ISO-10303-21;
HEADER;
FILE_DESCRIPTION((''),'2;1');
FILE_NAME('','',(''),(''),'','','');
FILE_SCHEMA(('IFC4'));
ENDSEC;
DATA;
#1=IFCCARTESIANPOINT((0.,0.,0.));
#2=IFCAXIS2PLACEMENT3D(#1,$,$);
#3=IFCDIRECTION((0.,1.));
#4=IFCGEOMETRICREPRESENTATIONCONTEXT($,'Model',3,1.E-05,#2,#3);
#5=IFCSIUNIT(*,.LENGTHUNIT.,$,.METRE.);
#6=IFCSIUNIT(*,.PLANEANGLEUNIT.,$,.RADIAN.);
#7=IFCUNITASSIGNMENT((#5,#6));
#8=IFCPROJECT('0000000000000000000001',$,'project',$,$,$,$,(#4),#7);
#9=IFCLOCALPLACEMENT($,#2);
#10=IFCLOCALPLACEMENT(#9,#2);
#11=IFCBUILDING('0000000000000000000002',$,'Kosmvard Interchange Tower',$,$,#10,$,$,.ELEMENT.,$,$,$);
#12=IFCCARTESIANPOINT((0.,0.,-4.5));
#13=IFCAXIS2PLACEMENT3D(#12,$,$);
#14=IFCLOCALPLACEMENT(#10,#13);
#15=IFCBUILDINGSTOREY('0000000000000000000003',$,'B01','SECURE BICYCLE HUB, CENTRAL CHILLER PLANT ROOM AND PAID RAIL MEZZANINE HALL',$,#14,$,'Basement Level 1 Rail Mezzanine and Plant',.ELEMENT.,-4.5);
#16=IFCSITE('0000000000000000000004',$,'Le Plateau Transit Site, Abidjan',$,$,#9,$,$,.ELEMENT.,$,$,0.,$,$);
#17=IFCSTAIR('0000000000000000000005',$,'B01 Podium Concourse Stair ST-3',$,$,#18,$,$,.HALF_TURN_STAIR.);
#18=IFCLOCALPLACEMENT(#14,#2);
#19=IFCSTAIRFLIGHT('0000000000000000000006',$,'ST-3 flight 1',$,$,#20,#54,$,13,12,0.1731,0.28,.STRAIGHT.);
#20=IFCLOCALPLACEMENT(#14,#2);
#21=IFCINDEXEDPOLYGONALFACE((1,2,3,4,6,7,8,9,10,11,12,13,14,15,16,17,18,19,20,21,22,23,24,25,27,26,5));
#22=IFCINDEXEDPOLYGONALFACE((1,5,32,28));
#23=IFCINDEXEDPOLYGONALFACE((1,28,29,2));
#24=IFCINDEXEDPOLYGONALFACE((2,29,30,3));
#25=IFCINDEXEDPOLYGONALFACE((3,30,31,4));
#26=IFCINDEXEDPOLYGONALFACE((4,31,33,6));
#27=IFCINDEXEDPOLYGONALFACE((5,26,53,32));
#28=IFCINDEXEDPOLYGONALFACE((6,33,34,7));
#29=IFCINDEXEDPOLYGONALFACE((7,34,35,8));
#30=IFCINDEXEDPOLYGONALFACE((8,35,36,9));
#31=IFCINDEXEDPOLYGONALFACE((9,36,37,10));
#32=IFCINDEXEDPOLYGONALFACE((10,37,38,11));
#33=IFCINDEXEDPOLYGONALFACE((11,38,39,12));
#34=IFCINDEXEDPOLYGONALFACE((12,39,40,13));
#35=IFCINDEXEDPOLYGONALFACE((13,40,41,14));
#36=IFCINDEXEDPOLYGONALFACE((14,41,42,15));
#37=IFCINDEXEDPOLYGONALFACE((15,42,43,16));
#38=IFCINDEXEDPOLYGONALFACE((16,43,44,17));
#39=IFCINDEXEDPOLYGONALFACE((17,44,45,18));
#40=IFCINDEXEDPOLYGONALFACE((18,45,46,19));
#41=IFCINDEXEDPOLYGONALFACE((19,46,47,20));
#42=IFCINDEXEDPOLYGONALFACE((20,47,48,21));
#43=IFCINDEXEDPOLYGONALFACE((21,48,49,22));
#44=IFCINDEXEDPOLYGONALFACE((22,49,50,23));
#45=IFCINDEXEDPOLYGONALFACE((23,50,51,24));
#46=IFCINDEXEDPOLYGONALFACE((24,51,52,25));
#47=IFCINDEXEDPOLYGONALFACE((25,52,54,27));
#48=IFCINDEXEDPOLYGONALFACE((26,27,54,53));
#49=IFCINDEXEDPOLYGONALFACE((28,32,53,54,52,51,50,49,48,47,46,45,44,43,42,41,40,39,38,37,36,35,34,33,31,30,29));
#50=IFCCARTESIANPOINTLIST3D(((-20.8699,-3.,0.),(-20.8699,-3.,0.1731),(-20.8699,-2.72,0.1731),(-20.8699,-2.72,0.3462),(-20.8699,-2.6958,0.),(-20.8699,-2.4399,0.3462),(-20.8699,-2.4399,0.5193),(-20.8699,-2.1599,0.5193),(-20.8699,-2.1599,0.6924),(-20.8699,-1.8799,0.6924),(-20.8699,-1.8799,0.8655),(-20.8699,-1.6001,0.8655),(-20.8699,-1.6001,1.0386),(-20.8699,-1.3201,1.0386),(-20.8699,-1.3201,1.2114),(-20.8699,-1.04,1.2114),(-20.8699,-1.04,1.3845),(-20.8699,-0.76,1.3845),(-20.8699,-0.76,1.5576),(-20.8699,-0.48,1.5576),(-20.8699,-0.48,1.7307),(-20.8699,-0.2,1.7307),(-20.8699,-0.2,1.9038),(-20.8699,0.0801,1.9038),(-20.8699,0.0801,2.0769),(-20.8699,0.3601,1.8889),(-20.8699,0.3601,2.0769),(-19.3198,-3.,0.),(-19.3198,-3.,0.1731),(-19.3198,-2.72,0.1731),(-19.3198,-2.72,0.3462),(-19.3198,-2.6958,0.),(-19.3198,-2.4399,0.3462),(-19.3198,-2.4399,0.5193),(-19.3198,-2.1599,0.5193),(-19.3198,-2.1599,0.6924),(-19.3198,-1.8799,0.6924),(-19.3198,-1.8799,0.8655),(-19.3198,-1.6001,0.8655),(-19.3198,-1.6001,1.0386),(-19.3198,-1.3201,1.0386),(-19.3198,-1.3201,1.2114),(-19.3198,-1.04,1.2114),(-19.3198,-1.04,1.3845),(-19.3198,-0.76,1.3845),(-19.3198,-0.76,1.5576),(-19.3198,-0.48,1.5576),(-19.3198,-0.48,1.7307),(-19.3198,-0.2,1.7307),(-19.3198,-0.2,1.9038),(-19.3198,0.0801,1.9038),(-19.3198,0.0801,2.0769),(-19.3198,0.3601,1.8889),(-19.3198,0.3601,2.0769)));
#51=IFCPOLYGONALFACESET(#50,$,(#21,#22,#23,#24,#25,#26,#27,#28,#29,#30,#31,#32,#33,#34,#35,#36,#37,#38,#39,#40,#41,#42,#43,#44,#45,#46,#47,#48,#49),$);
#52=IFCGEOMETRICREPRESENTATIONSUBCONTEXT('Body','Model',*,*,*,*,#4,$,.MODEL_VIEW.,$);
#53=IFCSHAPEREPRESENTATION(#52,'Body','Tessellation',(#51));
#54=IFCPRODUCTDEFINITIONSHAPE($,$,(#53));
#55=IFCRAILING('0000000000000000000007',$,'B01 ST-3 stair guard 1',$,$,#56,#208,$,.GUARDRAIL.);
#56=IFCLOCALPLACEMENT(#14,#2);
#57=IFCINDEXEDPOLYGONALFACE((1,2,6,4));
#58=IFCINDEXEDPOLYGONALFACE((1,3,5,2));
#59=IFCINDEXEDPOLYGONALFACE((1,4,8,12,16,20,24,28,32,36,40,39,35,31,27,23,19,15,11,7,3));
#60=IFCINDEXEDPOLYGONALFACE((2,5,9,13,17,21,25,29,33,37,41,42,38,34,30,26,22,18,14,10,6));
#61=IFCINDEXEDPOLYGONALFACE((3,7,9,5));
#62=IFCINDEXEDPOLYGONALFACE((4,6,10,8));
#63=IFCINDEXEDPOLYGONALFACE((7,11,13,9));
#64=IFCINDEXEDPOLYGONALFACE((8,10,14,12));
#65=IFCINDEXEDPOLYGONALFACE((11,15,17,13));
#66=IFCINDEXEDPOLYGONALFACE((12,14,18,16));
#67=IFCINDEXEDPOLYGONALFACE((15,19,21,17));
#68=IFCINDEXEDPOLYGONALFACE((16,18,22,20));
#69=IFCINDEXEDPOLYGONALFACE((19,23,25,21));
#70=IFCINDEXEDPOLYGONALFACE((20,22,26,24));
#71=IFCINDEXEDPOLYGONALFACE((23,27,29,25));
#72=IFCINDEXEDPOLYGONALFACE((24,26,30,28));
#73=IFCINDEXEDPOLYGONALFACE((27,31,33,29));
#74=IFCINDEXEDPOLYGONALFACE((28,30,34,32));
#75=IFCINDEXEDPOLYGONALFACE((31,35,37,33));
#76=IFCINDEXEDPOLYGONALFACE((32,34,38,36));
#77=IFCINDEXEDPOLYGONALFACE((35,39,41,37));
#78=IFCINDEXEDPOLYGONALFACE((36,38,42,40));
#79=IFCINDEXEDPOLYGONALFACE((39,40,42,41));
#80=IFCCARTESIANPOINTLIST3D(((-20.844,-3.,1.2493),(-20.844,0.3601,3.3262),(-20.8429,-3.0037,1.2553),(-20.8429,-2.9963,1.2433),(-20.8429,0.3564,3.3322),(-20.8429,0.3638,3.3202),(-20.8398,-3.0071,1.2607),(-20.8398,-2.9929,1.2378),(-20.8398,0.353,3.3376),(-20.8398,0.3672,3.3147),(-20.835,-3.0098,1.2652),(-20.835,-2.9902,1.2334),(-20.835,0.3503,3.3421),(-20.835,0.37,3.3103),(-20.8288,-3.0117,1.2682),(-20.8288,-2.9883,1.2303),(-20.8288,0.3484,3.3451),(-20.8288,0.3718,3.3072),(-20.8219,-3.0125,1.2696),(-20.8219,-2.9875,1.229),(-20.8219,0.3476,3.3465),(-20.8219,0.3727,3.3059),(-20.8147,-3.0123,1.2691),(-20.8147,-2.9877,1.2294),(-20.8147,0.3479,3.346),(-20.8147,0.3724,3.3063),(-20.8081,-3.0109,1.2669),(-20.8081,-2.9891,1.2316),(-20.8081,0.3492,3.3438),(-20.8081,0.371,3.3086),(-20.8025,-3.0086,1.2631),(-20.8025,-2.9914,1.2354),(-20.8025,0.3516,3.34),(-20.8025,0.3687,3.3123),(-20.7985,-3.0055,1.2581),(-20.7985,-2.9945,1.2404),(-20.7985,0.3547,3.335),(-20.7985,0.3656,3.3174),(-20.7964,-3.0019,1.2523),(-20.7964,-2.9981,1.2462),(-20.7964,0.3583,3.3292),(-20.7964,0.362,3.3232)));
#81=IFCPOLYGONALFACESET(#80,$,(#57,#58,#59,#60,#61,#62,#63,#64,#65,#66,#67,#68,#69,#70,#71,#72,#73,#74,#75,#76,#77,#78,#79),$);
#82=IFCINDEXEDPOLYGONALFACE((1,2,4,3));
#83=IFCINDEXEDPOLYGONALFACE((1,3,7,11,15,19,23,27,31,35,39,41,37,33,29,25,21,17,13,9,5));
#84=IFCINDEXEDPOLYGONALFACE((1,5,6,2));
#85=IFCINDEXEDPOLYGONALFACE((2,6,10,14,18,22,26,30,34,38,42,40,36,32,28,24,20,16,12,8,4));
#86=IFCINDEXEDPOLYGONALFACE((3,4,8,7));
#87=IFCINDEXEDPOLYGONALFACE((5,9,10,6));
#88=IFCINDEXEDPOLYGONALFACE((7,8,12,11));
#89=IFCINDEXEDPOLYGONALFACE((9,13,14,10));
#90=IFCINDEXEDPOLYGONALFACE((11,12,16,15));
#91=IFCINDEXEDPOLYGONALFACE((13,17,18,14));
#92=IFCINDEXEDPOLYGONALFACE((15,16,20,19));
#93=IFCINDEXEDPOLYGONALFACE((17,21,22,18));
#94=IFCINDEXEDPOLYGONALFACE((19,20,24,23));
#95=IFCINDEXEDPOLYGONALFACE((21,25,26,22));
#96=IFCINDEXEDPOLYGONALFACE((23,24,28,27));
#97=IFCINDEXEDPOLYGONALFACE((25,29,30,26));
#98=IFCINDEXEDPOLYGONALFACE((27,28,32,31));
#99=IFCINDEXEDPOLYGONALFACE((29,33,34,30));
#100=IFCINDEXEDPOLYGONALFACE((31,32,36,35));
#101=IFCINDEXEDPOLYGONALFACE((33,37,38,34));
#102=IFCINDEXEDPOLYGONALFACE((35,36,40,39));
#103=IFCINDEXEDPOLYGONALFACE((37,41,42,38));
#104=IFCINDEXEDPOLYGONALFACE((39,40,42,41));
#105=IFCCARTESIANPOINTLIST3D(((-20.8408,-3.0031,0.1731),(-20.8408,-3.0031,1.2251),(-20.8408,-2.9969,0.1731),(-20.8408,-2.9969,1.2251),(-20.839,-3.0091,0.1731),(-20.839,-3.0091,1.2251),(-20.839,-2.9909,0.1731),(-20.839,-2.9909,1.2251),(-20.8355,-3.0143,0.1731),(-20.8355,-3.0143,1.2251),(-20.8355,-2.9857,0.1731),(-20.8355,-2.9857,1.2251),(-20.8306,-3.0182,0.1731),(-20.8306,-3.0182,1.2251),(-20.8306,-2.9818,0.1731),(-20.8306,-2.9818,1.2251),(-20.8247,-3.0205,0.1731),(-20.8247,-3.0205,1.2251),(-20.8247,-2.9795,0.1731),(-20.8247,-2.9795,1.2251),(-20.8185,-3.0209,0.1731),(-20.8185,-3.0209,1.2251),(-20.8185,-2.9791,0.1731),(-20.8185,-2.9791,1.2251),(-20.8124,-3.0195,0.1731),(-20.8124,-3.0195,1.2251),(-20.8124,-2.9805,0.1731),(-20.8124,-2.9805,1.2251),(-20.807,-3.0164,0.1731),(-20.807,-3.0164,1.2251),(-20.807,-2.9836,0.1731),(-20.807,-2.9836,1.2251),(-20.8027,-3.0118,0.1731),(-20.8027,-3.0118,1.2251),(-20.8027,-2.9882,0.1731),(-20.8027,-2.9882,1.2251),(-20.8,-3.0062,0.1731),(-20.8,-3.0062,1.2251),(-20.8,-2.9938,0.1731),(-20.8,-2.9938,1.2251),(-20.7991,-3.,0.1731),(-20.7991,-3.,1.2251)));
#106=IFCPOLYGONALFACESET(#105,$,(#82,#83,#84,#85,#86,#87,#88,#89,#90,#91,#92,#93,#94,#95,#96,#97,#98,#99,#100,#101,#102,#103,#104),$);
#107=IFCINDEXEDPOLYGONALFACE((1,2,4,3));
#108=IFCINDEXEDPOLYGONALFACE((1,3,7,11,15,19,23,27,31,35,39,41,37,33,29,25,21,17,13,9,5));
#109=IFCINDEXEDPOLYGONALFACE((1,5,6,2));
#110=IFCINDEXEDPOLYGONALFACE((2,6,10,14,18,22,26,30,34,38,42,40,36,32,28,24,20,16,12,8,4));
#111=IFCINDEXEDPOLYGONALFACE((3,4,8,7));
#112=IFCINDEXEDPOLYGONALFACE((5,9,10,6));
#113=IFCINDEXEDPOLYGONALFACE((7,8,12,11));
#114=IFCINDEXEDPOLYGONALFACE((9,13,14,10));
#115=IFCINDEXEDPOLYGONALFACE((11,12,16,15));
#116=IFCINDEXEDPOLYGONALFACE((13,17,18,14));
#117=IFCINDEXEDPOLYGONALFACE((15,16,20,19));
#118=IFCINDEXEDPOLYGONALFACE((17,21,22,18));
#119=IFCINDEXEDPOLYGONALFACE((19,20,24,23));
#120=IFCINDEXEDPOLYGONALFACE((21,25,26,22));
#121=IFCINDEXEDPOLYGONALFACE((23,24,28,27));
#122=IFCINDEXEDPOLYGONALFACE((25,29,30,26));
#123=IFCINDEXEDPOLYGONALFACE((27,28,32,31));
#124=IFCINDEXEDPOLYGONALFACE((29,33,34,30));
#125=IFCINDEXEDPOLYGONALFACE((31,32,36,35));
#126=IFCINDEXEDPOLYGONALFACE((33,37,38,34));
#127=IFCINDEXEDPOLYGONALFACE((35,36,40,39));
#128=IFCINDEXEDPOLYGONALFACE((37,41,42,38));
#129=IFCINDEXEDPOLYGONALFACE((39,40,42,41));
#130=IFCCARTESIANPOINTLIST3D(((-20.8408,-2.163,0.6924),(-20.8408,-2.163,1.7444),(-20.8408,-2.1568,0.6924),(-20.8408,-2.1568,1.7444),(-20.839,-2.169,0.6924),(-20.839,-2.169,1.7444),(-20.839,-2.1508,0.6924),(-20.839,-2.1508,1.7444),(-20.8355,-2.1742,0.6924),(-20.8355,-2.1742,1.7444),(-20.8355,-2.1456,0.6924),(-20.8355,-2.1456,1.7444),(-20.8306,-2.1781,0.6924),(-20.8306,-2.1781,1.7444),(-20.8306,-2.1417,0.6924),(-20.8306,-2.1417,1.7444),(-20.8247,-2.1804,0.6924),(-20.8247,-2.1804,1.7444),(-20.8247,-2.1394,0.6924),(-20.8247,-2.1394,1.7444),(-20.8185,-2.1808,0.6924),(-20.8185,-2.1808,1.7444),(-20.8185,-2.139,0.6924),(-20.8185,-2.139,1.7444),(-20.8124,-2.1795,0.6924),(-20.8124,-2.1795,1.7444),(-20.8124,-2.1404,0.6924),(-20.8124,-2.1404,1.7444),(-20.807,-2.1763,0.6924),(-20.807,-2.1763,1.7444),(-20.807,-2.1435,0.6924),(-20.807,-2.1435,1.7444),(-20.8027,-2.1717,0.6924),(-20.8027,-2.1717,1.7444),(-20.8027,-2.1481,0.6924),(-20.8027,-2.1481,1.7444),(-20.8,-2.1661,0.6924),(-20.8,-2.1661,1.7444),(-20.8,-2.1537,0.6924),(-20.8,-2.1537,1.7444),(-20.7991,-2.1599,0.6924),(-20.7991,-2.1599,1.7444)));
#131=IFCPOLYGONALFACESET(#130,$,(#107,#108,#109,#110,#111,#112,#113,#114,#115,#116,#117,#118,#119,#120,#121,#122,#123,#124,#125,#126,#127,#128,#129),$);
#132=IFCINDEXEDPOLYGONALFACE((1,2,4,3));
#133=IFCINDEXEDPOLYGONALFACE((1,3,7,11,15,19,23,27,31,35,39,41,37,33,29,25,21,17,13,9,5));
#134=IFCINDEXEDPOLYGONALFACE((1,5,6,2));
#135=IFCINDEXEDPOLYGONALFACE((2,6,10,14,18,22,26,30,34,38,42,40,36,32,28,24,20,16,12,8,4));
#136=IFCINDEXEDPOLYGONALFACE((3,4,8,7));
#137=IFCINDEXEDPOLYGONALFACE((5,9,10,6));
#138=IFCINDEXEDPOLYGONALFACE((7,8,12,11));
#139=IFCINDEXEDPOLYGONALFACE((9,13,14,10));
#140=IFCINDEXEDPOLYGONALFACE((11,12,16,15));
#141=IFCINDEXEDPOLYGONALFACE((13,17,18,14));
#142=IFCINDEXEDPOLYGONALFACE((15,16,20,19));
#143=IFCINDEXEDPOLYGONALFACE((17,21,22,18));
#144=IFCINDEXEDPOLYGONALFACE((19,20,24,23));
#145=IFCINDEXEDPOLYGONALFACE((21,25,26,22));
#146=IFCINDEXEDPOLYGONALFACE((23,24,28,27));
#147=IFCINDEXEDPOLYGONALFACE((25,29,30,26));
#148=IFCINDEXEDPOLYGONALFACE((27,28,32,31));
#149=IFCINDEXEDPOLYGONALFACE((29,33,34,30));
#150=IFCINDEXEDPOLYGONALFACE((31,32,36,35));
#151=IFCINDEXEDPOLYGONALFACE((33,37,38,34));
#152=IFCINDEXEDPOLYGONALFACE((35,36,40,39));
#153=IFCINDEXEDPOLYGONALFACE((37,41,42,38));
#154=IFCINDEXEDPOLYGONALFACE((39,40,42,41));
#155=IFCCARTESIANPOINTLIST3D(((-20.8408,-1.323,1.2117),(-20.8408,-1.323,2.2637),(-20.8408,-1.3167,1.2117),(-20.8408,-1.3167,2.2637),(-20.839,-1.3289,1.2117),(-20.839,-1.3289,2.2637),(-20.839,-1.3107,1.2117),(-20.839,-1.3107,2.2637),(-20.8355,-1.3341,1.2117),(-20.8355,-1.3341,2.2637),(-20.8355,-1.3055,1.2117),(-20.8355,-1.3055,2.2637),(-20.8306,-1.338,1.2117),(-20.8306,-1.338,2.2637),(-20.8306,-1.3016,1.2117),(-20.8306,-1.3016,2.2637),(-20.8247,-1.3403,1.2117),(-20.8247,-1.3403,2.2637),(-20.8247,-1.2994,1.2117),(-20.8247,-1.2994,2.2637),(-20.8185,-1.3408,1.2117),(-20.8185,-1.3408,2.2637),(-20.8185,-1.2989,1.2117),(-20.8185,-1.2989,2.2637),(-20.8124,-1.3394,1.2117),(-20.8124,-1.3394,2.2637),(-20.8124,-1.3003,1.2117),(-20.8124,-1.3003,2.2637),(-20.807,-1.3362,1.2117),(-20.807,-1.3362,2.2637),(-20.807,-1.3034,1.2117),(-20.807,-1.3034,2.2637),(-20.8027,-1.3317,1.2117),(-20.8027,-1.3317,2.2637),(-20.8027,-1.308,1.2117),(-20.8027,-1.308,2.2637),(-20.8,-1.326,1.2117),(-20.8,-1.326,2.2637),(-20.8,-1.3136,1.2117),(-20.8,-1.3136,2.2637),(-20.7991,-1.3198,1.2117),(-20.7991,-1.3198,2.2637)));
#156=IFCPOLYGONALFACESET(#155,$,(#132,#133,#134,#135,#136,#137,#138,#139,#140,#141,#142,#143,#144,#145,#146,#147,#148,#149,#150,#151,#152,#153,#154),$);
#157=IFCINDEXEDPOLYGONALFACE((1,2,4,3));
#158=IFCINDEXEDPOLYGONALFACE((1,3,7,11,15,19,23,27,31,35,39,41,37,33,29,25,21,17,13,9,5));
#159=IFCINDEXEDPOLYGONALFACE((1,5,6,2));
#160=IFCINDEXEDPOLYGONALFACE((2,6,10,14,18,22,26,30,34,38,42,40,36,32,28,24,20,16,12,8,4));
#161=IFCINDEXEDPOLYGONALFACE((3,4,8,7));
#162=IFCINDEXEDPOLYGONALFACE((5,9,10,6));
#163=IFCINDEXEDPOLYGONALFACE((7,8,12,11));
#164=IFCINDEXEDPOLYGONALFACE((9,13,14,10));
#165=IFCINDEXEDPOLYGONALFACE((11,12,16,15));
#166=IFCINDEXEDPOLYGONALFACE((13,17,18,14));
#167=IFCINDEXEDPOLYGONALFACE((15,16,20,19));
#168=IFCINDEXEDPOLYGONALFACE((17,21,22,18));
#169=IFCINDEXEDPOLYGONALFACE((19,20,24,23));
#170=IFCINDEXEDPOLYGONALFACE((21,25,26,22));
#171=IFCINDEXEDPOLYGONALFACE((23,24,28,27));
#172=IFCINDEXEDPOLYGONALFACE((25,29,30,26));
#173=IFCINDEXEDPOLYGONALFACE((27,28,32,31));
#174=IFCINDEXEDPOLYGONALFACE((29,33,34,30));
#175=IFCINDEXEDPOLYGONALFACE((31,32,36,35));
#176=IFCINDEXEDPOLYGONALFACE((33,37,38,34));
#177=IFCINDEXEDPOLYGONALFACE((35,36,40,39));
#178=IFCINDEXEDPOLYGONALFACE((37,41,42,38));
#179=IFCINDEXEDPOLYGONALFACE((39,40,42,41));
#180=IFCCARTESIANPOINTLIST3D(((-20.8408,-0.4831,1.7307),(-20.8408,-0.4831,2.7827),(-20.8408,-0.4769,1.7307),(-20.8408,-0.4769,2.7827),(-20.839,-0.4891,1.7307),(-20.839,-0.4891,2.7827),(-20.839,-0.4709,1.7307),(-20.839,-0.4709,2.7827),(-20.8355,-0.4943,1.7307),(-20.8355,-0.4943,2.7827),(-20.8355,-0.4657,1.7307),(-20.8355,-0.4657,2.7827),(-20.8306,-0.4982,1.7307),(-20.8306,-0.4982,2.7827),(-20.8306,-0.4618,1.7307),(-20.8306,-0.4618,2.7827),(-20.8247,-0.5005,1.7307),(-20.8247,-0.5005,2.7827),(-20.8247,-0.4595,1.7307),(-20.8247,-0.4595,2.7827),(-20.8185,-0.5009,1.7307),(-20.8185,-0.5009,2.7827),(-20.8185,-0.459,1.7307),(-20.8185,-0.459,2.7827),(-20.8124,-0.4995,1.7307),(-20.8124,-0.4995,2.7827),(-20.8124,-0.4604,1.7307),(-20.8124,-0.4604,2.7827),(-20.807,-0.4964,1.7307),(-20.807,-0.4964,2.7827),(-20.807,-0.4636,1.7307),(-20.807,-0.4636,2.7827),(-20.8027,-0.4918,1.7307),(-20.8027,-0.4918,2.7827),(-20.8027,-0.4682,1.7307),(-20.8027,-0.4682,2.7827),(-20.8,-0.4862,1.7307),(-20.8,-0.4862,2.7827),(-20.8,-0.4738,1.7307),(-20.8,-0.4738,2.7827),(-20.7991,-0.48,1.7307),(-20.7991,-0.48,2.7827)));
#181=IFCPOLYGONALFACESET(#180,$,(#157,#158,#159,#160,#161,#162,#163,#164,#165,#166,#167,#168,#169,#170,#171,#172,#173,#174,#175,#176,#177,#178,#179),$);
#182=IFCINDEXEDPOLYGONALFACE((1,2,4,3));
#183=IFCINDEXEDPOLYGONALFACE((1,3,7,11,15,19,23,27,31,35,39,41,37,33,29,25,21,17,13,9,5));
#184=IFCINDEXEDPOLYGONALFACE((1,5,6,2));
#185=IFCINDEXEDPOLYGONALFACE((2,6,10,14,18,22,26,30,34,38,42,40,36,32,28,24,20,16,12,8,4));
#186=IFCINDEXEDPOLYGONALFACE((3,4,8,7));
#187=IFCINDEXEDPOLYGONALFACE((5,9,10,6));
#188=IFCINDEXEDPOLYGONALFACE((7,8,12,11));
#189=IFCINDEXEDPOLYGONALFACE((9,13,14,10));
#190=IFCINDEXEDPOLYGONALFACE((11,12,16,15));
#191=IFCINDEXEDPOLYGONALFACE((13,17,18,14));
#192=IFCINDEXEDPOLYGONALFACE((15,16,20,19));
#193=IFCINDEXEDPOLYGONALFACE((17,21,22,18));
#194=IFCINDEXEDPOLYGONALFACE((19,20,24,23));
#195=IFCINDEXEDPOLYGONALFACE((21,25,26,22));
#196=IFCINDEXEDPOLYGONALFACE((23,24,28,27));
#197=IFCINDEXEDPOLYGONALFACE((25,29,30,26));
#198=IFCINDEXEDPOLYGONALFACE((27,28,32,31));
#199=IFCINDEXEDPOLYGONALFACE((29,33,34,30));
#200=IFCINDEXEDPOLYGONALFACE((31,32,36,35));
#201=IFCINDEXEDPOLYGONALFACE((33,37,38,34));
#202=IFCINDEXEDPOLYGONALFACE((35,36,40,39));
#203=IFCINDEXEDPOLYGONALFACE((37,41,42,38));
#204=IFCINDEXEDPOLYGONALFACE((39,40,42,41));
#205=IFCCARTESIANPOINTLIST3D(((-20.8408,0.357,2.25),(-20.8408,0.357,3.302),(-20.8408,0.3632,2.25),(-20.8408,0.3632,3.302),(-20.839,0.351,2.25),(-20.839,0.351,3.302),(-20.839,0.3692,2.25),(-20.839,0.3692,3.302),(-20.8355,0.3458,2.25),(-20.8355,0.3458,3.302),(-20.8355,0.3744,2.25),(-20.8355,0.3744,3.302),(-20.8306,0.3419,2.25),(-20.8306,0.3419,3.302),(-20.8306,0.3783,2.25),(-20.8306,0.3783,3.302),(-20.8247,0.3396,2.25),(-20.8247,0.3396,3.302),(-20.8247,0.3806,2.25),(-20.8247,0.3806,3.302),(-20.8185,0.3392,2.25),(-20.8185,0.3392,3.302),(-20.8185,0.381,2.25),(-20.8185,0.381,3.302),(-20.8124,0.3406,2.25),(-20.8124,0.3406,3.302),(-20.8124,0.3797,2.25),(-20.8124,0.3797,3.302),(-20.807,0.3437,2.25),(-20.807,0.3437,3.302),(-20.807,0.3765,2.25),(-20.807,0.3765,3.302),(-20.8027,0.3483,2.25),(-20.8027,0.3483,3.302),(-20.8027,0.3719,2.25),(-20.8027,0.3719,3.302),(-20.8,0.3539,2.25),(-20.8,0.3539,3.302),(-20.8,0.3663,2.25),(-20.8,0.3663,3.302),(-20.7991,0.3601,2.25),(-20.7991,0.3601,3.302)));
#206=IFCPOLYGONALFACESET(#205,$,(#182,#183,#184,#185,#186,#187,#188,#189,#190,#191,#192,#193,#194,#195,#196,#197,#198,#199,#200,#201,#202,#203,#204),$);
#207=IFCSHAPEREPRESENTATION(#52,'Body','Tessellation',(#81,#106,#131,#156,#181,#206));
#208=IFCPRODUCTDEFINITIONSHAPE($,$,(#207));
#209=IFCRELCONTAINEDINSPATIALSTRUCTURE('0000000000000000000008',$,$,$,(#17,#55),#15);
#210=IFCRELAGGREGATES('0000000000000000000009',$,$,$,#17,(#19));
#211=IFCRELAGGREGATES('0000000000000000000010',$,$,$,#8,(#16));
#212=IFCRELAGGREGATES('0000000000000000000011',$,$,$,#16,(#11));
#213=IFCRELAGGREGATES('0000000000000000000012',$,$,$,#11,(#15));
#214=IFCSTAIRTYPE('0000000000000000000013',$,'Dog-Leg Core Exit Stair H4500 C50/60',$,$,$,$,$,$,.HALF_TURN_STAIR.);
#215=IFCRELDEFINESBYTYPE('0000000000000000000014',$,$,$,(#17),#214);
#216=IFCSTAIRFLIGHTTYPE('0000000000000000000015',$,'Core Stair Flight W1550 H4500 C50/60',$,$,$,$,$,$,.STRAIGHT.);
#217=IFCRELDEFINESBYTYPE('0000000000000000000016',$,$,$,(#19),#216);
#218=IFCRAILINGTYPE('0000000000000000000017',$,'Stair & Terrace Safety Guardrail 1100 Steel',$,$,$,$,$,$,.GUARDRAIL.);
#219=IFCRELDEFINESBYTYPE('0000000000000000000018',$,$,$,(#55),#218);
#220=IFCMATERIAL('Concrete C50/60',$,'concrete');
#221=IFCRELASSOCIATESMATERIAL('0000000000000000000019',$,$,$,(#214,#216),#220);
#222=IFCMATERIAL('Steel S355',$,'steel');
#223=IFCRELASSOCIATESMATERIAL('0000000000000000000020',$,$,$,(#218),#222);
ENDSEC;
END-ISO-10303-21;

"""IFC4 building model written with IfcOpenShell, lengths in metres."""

from ifc_helpers import new_model, si_unit, direction, frame, origin, origin_2d, place, context, subcontext, project, spatial, polyline, circle, outline, extrude, source, transform, mapped, material, type_object, element, aggregate, save


model = new_model("IFC4")

# Units and contexts
model_context = context("Model", 3, precision=1e-05, world=origin(), true_north=direction((0.0, 1.0)))
body_context = subcontext(model_context, "Body", "Model", "MODEL_VIEW")
ifc_project = project(units=[si_unit("LENGTHUNIT", "METRE"), si_unit("PLANEANGLEUNIT", "RADIAN")], contexts=[model_context])

# Site, building, storey
site_placement = place(None, origin())
site = spatial("IfcSite", under=ifc_project, at=site_placement, Name="Le Plateau Transit Site, Abidjan", CompositionType="ELEMENT", RefElevation=0.0)
building_placement = place(site_placement, origin())
building = spatial("IfcBuilding", under=site, at=building_placement, Name="Kosmvard Interchange Tower", CompositionType="ELEMENT")
storey_placement = place(building_placement, frame((0.0, 0.0, -4.5)))
storey = spatial("IfcBuildingStorey", under=building, at=storey_placement, Name="B01", Description="SECURE BICYCLE HUB, CENTRAL CHILLER PLANT ROOM AND PAID RAIL MEZZANINE HALL", LongName="Basement Level 1 Rail Mezzanine and Plant", CompositionType="ELEMENT", Elevation=-4.5)

# Shared definitions
ifc_material_1 = material(Name="Concrete C50/60", Category="concrete")
ifc_material_2 = material(Name="Steel S355", Category="steel")

# Stair, stair flight
stair_type = type_object("IfcStairType", Name="Dog-Leg Core Exit Stair H4500 C50/60", PredefinedType="HALF_TURN_STAIR", material=ifc_material_1)
stair_placement = place(storey_placement, origin())
stair = element("IfcStair", 1, at=stair_placement, inside=storey, type_object=stair_type, Name="B01 Podium Concourse Stair ST-3", PredefinedType="HALF_TURN_STAIR")
stair_flight_type = type_object("IfcStairFlightType", Name="Core Stair Flight W1550 H4500 C50/60", PredefinedType="STRAIGHT", material=ifc_material_1)
shared_shape_1 = source(origin(), body_context, "Body", "SweptSolid", [
    extrude(outline(polyline([(0.0, 0.0), (0.0, 0.1731), (0.28, 0.1731), (0.28, 0.3462), (0.5601, 0.3462), (0.5601, 0.5193), (0.8401, 0.5193), (0.8401, 0.6924), (1.1201, 0.6924), (1.1201, 0.8655), (1.3999, 0.8655), (1.3999, 1.0386), (1.6799, 1.0386), (1.6799, 1.2114), (1.96, 1.2114), (1.96, 1.3845), (2.24, 1.3845), (2.24, 1.5576), (2.52, 1.5576), (2.52, 1.7307), (2.8, 1.7307), (2.8, 1.9038), (3.0801, 1.9038), (3.0801, 2.0769), (3.3601, 2.0769), (3.3601, 2.25), (3.3601, 1.8889), (0.3042, 0.0), (0.0, 0.0)])), frame((0.0, 0.7749, 0.0), z_axis=(0.0, -1.0, 0.0), x_axis=(1.0, 0.0, 0.0)), (0.0, 0.0, 1.0), 1.55),
])
stair_flight_placement = place(storey_placement, frame((-20.095, -3.0, 0.0), z_axis=(0.0, 0.0, 1.0), x_axis=(0.0, 1.0, 0.0)))
stair_flight = element("IfcStairFlight", 2, at=stair_flight_placement, type_object=stair_flight_type, Name="ST-3 flight 1", NumberOfRisers=13, NumberOfTreads=12, PredefinedType="STRAIGHT", RiserHeight=0.1731, TreadLength=0.28, context=body_context, shape_type="MappedRepresentation", body=[
    mapped(shared_shape_1, transform((0.0, 0.0, 0.0), scale=1.0)),
])
aggregate(stair, [stair_flight])

# Railing
railing_type_1 = type_object("IfcRailingType", Name="Stair & Terrace Safety Guardrail 1100 Steel", PredefinedType="GUARDRAIL", material=ifc_material_2)
shared_shape_2 = source(origin(), body_context, "Body", "SweptSolid", [
    extrude(circle(Radius=0.0239, at=origin_2d()), frame((0.0, 0.0, 1.0762), z_axis=(0.0, 0.850623, 0.525776), x_axis=(-1.0, 0.0, 0.0)), (0.0, 0.0, 1.0), 3.9502),
    extrude(circle(Radius=0.021, at=origin_2d()), origin(), (0.0, 0.0, 1.0), 1.052),
    extrude(circle(Radius=0.021, at=origin_2d()), frame((0.0, 0.8401, 0.5193)), (0.0, 0.0, 1.0), 1.052),
    extrude(circle(Radius=0.021, at=origin_2d()), frame((0.0, 1.6802, 1.0386)), (0.0, 0.0, 1.0), 1.052),
    extrude(circle(Radius=0.021, at=origin_2d()), frame((0.0, 2.52, 1.5576)), (0.0, 0.0, 1.0), 1.052),
    extrude(circle(Radius=0.021, at=origin_2d()), frame((0.0, 3.3601, 2.0769)), (0.0, 0.0, 1.0), 1.052),
])
railing_1_placement = place(storey_placement, frame((-20.8201, -3.0, 0.1731)))
element("IfcRailing", 3, at=railing_1_placement, inside=storey, type_object=railing_type_1, Name="B01 ST-3 stair guard 1", PredefinedType="GUARDRAIL", context=body_context, shape_type="MappedRepresentation", body=[
    mapped(shared_shape_2, transform((0.0, 0.0, 0.0), scale=1.0)),
])

save(model, "model.ifc")
